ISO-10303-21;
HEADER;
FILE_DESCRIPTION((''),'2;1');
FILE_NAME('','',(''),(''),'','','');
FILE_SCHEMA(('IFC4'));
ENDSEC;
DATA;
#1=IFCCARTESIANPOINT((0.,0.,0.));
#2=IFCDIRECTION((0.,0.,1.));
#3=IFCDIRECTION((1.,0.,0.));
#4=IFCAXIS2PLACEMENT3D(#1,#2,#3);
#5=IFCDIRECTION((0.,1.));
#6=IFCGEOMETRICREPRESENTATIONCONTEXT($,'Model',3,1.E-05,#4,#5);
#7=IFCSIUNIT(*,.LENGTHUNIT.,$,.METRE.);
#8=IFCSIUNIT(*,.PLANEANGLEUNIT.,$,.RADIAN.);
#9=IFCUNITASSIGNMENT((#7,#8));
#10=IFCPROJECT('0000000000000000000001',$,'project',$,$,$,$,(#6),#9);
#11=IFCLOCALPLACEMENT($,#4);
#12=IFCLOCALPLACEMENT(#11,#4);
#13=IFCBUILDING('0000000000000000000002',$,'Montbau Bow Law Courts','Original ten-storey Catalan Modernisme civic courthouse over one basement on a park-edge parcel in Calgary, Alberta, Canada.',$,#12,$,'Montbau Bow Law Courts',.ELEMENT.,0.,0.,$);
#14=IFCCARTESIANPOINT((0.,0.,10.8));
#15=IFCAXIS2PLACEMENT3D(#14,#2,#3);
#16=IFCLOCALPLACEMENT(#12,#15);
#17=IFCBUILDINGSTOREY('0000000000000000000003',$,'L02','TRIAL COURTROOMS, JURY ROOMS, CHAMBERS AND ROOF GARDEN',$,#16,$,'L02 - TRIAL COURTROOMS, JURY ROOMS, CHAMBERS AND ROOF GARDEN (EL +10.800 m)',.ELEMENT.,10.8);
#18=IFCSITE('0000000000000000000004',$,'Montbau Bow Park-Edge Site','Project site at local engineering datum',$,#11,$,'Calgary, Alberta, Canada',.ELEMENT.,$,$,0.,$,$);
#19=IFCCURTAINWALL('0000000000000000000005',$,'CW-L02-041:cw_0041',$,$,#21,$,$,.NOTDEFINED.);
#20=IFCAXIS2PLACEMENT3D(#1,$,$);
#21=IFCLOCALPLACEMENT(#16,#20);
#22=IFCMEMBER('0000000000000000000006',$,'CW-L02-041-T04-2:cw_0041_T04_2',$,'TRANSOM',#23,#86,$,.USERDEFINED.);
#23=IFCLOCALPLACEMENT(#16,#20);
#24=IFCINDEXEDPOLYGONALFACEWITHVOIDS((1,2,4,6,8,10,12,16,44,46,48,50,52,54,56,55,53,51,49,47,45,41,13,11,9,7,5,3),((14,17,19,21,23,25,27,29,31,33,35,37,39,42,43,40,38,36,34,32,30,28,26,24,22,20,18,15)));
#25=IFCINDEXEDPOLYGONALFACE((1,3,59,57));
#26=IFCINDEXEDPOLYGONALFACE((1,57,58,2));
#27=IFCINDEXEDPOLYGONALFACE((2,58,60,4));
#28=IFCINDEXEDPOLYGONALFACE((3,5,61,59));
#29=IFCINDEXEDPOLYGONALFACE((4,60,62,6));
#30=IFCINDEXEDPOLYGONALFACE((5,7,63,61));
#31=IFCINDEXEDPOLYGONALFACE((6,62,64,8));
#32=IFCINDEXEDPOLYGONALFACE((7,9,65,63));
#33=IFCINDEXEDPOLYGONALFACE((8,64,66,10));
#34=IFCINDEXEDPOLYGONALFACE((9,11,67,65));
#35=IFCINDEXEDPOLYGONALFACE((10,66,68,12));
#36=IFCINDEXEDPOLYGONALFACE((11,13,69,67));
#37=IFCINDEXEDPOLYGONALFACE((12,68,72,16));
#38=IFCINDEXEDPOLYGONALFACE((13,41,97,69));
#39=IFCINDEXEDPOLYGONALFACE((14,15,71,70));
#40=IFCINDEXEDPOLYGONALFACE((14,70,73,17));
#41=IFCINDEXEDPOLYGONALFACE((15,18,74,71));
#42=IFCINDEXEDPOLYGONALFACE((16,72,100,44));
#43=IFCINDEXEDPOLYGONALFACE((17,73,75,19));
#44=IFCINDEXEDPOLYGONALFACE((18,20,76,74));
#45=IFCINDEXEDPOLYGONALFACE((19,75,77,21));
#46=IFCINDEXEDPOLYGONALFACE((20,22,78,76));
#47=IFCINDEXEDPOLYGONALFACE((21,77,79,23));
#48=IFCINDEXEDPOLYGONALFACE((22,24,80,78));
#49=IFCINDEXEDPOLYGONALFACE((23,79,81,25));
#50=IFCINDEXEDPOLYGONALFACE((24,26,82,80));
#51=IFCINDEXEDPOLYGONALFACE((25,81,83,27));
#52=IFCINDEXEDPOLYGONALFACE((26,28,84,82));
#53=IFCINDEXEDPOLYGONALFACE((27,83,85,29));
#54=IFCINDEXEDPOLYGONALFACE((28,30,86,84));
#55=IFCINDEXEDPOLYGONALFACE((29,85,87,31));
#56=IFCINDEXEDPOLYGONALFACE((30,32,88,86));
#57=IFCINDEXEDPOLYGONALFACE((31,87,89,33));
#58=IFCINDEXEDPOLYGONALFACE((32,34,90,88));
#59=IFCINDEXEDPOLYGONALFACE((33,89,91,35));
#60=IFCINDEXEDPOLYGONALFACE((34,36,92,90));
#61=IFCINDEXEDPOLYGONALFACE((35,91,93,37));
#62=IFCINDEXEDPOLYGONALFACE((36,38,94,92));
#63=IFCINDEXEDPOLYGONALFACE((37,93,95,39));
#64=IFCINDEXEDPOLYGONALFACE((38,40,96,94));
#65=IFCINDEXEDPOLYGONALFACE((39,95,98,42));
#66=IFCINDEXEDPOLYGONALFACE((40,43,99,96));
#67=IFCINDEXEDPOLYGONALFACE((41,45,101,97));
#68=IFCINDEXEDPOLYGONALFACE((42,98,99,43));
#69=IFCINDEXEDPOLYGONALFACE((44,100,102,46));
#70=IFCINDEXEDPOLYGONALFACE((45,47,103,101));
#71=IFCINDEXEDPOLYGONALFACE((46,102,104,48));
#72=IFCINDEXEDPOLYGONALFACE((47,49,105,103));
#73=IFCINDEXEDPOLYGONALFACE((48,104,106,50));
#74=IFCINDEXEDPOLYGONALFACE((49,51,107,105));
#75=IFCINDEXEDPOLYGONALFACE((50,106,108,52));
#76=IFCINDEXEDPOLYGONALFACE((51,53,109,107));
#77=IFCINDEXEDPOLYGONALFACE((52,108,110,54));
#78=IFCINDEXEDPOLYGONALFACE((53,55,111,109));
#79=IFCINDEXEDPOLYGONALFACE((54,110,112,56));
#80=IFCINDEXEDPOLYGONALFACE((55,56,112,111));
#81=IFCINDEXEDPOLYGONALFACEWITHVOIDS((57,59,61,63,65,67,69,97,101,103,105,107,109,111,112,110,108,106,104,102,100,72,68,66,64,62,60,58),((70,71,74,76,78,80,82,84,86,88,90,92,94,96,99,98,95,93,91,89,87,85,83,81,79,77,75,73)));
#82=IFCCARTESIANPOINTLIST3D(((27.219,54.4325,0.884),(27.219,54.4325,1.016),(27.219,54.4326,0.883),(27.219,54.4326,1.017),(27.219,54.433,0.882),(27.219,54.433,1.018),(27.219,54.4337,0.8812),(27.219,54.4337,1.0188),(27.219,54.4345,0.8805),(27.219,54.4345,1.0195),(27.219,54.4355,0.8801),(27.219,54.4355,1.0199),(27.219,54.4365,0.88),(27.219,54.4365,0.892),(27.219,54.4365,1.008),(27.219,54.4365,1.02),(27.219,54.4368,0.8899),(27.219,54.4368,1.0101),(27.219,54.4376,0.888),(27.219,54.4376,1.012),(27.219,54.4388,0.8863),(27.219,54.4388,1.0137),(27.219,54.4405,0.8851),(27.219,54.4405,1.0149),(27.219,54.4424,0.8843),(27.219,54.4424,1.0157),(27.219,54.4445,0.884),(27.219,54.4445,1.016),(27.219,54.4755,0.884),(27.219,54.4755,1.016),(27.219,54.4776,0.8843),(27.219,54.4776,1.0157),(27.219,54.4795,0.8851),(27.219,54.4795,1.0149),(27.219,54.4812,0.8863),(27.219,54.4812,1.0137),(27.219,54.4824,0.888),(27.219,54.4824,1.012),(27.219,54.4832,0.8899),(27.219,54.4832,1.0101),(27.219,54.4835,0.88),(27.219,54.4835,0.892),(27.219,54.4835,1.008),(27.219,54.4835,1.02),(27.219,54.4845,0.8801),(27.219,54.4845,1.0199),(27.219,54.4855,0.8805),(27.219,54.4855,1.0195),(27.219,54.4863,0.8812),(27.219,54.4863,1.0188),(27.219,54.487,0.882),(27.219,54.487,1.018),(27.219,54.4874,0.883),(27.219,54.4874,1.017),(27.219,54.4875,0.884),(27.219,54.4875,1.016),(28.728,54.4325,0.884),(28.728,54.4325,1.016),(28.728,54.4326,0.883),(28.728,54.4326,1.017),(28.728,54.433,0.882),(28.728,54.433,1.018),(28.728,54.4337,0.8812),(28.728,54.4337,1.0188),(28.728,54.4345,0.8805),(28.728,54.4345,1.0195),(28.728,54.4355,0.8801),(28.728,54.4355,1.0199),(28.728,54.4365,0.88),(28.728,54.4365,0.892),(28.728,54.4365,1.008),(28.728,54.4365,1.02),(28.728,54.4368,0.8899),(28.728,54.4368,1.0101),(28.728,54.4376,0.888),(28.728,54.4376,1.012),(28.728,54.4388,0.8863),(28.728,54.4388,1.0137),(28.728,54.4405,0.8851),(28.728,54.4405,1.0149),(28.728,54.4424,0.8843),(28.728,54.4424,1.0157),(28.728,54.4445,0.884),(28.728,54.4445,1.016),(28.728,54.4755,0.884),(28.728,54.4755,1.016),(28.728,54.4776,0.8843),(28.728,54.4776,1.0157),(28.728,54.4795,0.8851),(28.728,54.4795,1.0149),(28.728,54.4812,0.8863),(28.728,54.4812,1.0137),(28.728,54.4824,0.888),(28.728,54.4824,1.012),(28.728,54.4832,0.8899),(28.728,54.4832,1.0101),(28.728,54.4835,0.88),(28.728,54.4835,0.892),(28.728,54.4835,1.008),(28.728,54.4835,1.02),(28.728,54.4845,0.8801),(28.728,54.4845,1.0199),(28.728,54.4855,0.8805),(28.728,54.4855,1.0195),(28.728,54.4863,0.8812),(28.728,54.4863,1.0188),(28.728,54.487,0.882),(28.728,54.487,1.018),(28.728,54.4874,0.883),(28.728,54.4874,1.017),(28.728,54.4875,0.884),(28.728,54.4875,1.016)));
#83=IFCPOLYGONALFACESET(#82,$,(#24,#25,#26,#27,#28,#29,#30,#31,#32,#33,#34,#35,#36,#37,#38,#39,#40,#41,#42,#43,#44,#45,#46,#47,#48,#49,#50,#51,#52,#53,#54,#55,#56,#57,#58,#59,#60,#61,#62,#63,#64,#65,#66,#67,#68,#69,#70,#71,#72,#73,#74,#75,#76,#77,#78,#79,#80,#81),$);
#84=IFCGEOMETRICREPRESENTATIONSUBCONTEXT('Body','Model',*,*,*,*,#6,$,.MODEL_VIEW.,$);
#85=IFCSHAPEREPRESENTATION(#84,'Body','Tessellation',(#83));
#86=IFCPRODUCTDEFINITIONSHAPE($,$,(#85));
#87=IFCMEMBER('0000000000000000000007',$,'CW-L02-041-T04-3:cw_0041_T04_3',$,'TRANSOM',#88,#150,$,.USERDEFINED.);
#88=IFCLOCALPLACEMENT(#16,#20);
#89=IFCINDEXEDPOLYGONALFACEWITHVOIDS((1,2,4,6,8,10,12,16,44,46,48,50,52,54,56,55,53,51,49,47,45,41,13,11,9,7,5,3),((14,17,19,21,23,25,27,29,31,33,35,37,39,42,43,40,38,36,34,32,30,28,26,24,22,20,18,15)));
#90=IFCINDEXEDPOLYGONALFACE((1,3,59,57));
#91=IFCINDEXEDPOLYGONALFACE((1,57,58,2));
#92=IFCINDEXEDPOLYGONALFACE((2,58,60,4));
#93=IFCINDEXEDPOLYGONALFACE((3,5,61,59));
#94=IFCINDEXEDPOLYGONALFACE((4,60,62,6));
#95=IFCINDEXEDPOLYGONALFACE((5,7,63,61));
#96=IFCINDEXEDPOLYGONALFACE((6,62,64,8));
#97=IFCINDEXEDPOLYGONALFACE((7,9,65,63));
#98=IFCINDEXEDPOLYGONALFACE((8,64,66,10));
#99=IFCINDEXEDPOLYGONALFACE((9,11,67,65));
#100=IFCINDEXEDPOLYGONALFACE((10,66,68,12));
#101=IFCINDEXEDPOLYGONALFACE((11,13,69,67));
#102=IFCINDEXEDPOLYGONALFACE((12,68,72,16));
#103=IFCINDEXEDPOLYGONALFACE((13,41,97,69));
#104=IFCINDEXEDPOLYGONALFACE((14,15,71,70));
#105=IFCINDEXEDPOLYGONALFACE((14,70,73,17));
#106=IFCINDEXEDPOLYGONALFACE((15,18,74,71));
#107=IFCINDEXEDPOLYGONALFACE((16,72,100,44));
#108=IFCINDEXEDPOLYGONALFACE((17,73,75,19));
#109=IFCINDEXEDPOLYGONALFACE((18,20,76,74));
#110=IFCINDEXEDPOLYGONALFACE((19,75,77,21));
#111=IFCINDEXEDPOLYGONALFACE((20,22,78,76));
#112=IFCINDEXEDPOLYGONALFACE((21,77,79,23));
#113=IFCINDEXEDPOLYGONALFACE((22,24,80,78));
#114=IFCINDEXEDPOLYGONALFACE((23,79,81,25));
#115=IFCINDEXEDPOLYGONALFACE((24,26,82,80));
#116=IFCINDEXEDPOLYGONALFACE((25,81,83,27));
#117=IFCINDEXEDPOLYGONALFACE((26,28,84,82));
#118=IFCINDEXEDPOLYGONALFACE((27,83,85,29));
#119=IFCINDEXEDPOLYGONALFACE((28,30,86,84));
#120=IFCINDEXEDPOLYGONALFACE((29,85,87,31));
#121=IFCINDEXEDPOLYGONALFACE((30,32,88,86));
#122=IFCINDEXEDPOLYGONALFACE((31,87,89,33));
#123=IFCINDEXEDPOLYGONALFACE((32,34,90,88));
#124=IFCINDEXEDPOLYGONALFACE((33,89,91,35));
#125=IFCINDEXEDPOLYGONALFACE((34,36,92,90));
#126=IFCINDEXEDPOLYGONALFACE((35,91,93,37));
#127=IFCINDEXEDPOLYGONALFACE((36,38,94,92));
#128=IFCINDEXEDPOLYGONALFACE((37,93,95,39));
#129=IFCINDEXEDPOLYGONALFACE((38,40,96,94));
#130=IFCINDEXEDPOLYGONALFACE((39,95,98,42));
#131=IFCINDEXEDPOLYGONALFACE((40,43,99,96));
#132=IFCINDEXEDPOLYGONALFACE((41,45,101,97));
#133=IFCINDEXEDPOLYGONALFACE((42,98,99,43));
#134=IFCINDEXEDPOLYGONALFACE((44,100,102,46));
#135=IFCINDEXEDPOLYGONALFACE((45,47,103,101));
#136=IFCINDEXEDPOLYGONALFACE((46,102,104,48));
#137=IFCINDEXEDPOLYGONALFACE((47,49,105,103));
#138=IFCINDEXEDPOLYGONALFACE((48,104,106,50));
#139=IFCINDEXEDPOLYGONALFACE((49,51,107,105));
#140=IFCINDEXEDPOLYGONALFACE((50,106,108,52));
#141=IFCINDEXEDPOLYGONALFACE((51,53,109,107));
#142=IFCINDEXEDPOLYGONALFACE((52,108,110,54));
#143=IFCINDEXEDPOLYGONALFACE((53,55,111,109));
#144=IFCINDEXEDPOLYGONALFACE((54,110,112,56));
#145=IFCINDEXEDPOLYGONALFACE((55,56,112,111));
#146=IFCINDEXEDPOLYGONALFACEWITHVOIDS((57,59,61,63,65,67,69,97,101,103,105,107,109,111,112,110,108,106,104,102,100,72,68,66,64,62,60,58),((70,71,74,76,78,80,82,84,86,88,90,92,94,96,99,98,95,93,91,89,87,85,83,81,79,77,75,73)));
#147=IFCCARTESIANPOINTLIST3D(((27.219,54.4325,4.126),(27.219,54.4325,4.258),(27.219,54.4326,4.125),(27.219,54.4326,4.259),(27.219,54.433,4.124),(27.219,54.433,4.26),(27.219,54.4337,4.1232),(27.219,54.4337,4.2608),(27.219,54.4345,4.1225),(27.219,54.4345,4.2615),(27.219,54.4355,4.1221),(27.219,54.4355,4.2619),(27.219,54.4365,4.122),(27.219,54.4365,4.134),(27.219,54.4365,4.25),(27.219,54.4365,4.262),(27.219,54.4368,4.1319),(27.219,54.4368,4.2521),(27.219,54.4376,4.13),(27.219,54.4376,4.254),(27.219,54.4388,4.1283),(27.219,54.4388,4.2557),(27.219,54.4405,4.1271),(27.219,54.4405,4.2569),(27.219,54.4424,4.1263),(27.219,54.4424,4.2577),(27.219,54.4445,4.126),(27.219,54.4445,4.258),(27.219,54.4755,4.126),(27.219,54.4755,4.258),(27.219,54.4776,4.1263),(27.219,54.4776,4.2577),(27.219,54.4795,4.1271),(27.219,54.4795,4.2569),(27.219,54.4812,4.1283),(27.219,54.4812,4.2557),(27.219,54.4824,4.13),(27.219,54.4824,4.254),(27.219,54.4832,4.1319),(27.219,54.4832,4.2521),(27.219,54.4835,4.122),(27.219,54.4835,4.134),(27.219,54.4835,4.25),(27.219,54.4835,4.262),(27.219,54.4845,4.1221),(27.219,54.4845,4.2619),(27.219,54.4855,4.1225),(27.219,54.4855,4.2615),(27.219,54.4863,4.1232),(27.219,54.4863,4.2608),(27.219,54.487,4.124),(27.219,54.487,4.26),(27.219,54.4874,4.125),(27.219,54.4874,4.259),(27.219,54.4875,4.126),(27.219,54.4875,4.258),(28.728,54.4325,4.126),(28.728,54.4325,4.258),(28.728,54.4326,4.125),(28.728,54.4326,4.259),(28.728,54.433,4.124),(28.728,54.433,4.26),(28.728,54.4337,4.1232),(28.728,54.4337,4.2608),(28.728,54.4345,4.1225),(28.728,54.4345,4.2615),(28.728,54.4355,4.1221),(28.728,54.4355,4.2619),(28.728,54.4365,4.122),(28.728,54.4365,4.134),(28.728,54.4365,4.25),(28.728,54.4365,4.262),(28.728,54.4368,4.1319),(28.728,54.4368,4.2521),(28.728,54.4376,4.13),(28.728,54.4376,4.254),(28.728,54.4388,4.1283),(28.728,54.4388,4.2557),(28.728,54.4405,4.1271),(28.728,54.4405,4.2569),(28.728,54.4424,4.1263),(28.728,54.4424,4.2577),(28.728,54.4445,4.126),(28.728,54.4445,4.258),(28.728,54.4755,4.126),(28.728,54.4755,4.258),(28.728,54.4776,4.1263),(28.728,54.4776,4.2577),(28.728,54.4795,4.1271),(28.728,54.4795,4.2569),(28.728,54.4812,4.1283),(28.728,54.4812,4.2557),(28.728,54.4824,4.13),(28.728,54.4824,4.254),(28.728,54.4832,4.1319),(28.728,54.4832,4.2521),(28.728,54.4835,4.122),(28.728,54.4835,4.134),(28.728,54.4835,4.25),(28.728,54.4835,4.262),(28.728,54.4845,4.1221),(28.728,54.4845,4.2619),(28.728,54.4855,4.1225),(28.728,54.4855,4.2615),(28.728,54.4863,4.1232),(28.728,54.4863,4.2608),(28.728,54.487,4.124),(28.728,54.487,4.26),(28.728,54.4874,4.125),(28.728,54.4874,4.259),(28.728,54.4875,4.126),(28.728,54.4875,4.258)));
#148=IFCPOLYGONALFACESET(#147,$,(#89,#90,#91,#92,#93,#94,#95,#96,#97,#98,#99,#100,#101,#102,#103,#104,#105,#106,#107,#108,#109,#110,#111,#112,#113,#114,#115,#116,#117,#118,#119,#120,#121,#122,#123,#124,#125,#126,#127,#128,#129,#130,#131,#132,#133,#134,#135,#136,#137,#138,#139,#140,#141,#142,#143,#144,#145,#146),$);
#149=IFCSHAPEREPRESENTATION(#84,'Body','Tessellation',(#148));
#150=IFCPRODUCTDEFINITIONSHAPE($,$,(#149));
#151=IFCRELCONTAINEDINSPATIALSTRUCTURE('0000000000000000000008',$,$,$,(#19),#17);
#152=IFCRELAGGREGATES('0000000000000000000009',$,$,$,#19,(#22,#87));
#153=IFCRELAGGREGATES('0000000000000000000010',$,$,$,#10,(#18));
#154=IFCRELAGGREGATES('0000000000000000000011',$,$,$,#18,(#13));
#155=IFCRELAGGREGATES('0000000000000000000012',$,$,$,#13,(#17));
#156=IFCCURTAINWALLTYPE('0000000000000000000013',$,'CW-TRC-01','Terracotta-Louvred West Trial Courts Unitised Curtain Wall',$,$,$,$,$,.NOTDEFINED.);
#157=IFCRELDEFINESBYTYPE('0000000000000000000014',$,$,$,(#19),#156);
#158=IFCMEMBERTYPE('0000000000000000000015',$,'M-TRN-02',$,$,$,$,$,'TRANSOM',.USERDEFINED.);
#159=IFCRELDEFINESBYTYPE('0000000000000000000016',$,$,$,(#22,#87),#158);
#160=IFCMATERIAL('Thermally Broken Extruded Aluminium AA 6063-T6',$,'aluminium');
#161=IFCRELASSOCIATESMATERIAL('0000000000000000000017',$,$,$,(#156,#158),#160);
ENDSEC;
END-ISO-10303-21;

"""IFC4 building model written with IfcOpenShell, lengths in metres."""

from ifc_helpers import new_model, si_unit, direction, frame, origin_with_axes, origin_2d_with_axis, place, context, subcontext, project, spatial, hollow_rectangle, extrude, material, material_profile, profile_set, type_object, element, aggregate, save


model = new_model("IFC4")

# Units and contexts
model_context = context("Model", 3, precision=1e-05, world=origin_with_axes(), true_north=direction((0.0, 1.0)))
body_context = subcontext(model_context, "Body", "Model", "MODEL_VIEW")
ifc_project = project(units=[si_unit("LENGTHUNIT", "METRE"), si_unit("PLANEANGLEUNIT", "RADIAN")], contexts=[model_context])

# Site, building, storey
site_placement = place(None, origin_with_axes())
site = spatial("IfcSite", under=ifc_project, at=site_placement, Name="Montbau Bow Park-Edge Site", Description="Project site at local engineering datum", LongName="Calgary, Alberta, Canada", CompositionType="ELEMENT", RefElevation=0.0)
building_placement = place(site_placement, origin_with_axes())
building = spatial("IfcBuilding", under=site, at=building_placement, Name="Montbau Bow Law Courts", Description="Original ten-storey Catalan Modernisme civic courthouse over one basement on a park-edge parcel in Calgary, Alberta, Canada.", LongName="Montbau Bow Law Courts", CompositionType="ELEMENT", ElevationOfRefHeight=0.0, ElevationOfTerrain=0.0)
storey_placement = place(building_placement, frame((0.0, 0.0, 10.8), z_axis=(0.0, 0.0, 1.0), x_axis=(1.0, 0.0, 0.0)))
storey = spatial("IfcBuildingStorey", under=building, at=storey_placement, Name="L02", Description="TRIAL COURTROOMS, JURY ROOMS, CHAMBERS AND ROOF GARDEN", LongName="L02 - TRIAL COURTROOMS, JURY ROOMS, CHAMBERS AND ROOF GARDEN (EL +10.800 m)", CompositionType="ELEMENT", Elevation=10.8)

# Curtain wall
ifc_material_1 = material(Name="Thermally Broken Extruded Aluminium AA 6063-T6", Category="aluminium")
curtain_wall_type = type_object("IfcCurtainWallType", Name="CW-TRC-01", Description="Terracotta-Louvred West Trial Courts Unitised Curtain Wall", PredefinedType="NOTDEFINED", material=ifc_material_1)
curtain_wall_1_placement = place(None, frame((22.467, 54.46, 10.8), z_axis=(0.0, 0.0, 1.0), x_axis=(1.0, 0.0, 0.0)))
curtain_wall_1 = element("IfcCurtainWall", 1, at=curtain_wall_1_placement, inside=storey, type_object=curtain_wall_type, Name="CW-L02-041:cw_0041", PredefinedType="NOTDEFINED")

# Members
ifc_material_profile_1 = material_profile(ifc_material_1, hollow_rectangle(XDim=0.055, YDim=0.14, WallThickness=0.004, InnerFilletRadius=0.008, OuterFilletRadius=0.004, at=origin_2d_with_axis()), Name="CWT-140X55", Category="Main", Priority=0)
ifc_profile_set_1 = profile_set([ifc_material_profile_1], Name="Thermally Broken Extruded Aluminium AA 6063-T6")
member_type_1 = type_object("IfcMemberType", Name="M-TRN-02", ElementType="TRANSOM", PredefinedType="USERDEFINED", material=ifc_profile_set_1)
member_1_placement = place(None, frame((27.219, 54.46, 11.75), z_axis=(1.0, 0.0, 0.0), x_axis=(0.0, 1.0, 0.0)))
member_1 = element("IfcMember", 2, at=member_1_placement, type_object=member_type_1, Name="CW-L02-041-T04-2:cw_0041_T04_2", ObjectType="TRANSOM", PredefinedType="USERDEFINED", context=body_context, shape_type="SweptSolid", body=[
    extrude(hollow_rectangle(XDim=0.055, YDim=0.14, WallThickness=0.004, InnerFilletRadius=0.008, OuterFilletRadius=0.004, at=origin_2d_with_axis()), origin_with_axes(), (0.0, 0.0, 1.0), 1.509),
])
member_2_placement = place(None, frame((27.219, 54.46, 14.992), z_axis=(1.0, 0.0, 0.0), x_axis=(0.0, 1.0, 0.0)))
member_2 = element("IfcMember", 3, at=member_2_placement, type_object=member_type_1, Name="CW-L02-041-T04-3:cw_0041_T04_3", ObjectType="TRANSOM", PredefinedType="USERDEFINED", context=body_context, shape_type="SweptSolid", body=[
    extrude(hollow_rectangle(XDim=0.055, YDim=0.14, WallThickness=0.004, InnerFilletRadius=0.008, OuterFilletRadius=0.004, at=origin_2d_with_axis()), origin_with_axes(), (0.0, 0.0, 1.0), 1.509),
])

aggregate(curtain_wall_1, [member_1, member_2])

save(model, "model.ifc")
